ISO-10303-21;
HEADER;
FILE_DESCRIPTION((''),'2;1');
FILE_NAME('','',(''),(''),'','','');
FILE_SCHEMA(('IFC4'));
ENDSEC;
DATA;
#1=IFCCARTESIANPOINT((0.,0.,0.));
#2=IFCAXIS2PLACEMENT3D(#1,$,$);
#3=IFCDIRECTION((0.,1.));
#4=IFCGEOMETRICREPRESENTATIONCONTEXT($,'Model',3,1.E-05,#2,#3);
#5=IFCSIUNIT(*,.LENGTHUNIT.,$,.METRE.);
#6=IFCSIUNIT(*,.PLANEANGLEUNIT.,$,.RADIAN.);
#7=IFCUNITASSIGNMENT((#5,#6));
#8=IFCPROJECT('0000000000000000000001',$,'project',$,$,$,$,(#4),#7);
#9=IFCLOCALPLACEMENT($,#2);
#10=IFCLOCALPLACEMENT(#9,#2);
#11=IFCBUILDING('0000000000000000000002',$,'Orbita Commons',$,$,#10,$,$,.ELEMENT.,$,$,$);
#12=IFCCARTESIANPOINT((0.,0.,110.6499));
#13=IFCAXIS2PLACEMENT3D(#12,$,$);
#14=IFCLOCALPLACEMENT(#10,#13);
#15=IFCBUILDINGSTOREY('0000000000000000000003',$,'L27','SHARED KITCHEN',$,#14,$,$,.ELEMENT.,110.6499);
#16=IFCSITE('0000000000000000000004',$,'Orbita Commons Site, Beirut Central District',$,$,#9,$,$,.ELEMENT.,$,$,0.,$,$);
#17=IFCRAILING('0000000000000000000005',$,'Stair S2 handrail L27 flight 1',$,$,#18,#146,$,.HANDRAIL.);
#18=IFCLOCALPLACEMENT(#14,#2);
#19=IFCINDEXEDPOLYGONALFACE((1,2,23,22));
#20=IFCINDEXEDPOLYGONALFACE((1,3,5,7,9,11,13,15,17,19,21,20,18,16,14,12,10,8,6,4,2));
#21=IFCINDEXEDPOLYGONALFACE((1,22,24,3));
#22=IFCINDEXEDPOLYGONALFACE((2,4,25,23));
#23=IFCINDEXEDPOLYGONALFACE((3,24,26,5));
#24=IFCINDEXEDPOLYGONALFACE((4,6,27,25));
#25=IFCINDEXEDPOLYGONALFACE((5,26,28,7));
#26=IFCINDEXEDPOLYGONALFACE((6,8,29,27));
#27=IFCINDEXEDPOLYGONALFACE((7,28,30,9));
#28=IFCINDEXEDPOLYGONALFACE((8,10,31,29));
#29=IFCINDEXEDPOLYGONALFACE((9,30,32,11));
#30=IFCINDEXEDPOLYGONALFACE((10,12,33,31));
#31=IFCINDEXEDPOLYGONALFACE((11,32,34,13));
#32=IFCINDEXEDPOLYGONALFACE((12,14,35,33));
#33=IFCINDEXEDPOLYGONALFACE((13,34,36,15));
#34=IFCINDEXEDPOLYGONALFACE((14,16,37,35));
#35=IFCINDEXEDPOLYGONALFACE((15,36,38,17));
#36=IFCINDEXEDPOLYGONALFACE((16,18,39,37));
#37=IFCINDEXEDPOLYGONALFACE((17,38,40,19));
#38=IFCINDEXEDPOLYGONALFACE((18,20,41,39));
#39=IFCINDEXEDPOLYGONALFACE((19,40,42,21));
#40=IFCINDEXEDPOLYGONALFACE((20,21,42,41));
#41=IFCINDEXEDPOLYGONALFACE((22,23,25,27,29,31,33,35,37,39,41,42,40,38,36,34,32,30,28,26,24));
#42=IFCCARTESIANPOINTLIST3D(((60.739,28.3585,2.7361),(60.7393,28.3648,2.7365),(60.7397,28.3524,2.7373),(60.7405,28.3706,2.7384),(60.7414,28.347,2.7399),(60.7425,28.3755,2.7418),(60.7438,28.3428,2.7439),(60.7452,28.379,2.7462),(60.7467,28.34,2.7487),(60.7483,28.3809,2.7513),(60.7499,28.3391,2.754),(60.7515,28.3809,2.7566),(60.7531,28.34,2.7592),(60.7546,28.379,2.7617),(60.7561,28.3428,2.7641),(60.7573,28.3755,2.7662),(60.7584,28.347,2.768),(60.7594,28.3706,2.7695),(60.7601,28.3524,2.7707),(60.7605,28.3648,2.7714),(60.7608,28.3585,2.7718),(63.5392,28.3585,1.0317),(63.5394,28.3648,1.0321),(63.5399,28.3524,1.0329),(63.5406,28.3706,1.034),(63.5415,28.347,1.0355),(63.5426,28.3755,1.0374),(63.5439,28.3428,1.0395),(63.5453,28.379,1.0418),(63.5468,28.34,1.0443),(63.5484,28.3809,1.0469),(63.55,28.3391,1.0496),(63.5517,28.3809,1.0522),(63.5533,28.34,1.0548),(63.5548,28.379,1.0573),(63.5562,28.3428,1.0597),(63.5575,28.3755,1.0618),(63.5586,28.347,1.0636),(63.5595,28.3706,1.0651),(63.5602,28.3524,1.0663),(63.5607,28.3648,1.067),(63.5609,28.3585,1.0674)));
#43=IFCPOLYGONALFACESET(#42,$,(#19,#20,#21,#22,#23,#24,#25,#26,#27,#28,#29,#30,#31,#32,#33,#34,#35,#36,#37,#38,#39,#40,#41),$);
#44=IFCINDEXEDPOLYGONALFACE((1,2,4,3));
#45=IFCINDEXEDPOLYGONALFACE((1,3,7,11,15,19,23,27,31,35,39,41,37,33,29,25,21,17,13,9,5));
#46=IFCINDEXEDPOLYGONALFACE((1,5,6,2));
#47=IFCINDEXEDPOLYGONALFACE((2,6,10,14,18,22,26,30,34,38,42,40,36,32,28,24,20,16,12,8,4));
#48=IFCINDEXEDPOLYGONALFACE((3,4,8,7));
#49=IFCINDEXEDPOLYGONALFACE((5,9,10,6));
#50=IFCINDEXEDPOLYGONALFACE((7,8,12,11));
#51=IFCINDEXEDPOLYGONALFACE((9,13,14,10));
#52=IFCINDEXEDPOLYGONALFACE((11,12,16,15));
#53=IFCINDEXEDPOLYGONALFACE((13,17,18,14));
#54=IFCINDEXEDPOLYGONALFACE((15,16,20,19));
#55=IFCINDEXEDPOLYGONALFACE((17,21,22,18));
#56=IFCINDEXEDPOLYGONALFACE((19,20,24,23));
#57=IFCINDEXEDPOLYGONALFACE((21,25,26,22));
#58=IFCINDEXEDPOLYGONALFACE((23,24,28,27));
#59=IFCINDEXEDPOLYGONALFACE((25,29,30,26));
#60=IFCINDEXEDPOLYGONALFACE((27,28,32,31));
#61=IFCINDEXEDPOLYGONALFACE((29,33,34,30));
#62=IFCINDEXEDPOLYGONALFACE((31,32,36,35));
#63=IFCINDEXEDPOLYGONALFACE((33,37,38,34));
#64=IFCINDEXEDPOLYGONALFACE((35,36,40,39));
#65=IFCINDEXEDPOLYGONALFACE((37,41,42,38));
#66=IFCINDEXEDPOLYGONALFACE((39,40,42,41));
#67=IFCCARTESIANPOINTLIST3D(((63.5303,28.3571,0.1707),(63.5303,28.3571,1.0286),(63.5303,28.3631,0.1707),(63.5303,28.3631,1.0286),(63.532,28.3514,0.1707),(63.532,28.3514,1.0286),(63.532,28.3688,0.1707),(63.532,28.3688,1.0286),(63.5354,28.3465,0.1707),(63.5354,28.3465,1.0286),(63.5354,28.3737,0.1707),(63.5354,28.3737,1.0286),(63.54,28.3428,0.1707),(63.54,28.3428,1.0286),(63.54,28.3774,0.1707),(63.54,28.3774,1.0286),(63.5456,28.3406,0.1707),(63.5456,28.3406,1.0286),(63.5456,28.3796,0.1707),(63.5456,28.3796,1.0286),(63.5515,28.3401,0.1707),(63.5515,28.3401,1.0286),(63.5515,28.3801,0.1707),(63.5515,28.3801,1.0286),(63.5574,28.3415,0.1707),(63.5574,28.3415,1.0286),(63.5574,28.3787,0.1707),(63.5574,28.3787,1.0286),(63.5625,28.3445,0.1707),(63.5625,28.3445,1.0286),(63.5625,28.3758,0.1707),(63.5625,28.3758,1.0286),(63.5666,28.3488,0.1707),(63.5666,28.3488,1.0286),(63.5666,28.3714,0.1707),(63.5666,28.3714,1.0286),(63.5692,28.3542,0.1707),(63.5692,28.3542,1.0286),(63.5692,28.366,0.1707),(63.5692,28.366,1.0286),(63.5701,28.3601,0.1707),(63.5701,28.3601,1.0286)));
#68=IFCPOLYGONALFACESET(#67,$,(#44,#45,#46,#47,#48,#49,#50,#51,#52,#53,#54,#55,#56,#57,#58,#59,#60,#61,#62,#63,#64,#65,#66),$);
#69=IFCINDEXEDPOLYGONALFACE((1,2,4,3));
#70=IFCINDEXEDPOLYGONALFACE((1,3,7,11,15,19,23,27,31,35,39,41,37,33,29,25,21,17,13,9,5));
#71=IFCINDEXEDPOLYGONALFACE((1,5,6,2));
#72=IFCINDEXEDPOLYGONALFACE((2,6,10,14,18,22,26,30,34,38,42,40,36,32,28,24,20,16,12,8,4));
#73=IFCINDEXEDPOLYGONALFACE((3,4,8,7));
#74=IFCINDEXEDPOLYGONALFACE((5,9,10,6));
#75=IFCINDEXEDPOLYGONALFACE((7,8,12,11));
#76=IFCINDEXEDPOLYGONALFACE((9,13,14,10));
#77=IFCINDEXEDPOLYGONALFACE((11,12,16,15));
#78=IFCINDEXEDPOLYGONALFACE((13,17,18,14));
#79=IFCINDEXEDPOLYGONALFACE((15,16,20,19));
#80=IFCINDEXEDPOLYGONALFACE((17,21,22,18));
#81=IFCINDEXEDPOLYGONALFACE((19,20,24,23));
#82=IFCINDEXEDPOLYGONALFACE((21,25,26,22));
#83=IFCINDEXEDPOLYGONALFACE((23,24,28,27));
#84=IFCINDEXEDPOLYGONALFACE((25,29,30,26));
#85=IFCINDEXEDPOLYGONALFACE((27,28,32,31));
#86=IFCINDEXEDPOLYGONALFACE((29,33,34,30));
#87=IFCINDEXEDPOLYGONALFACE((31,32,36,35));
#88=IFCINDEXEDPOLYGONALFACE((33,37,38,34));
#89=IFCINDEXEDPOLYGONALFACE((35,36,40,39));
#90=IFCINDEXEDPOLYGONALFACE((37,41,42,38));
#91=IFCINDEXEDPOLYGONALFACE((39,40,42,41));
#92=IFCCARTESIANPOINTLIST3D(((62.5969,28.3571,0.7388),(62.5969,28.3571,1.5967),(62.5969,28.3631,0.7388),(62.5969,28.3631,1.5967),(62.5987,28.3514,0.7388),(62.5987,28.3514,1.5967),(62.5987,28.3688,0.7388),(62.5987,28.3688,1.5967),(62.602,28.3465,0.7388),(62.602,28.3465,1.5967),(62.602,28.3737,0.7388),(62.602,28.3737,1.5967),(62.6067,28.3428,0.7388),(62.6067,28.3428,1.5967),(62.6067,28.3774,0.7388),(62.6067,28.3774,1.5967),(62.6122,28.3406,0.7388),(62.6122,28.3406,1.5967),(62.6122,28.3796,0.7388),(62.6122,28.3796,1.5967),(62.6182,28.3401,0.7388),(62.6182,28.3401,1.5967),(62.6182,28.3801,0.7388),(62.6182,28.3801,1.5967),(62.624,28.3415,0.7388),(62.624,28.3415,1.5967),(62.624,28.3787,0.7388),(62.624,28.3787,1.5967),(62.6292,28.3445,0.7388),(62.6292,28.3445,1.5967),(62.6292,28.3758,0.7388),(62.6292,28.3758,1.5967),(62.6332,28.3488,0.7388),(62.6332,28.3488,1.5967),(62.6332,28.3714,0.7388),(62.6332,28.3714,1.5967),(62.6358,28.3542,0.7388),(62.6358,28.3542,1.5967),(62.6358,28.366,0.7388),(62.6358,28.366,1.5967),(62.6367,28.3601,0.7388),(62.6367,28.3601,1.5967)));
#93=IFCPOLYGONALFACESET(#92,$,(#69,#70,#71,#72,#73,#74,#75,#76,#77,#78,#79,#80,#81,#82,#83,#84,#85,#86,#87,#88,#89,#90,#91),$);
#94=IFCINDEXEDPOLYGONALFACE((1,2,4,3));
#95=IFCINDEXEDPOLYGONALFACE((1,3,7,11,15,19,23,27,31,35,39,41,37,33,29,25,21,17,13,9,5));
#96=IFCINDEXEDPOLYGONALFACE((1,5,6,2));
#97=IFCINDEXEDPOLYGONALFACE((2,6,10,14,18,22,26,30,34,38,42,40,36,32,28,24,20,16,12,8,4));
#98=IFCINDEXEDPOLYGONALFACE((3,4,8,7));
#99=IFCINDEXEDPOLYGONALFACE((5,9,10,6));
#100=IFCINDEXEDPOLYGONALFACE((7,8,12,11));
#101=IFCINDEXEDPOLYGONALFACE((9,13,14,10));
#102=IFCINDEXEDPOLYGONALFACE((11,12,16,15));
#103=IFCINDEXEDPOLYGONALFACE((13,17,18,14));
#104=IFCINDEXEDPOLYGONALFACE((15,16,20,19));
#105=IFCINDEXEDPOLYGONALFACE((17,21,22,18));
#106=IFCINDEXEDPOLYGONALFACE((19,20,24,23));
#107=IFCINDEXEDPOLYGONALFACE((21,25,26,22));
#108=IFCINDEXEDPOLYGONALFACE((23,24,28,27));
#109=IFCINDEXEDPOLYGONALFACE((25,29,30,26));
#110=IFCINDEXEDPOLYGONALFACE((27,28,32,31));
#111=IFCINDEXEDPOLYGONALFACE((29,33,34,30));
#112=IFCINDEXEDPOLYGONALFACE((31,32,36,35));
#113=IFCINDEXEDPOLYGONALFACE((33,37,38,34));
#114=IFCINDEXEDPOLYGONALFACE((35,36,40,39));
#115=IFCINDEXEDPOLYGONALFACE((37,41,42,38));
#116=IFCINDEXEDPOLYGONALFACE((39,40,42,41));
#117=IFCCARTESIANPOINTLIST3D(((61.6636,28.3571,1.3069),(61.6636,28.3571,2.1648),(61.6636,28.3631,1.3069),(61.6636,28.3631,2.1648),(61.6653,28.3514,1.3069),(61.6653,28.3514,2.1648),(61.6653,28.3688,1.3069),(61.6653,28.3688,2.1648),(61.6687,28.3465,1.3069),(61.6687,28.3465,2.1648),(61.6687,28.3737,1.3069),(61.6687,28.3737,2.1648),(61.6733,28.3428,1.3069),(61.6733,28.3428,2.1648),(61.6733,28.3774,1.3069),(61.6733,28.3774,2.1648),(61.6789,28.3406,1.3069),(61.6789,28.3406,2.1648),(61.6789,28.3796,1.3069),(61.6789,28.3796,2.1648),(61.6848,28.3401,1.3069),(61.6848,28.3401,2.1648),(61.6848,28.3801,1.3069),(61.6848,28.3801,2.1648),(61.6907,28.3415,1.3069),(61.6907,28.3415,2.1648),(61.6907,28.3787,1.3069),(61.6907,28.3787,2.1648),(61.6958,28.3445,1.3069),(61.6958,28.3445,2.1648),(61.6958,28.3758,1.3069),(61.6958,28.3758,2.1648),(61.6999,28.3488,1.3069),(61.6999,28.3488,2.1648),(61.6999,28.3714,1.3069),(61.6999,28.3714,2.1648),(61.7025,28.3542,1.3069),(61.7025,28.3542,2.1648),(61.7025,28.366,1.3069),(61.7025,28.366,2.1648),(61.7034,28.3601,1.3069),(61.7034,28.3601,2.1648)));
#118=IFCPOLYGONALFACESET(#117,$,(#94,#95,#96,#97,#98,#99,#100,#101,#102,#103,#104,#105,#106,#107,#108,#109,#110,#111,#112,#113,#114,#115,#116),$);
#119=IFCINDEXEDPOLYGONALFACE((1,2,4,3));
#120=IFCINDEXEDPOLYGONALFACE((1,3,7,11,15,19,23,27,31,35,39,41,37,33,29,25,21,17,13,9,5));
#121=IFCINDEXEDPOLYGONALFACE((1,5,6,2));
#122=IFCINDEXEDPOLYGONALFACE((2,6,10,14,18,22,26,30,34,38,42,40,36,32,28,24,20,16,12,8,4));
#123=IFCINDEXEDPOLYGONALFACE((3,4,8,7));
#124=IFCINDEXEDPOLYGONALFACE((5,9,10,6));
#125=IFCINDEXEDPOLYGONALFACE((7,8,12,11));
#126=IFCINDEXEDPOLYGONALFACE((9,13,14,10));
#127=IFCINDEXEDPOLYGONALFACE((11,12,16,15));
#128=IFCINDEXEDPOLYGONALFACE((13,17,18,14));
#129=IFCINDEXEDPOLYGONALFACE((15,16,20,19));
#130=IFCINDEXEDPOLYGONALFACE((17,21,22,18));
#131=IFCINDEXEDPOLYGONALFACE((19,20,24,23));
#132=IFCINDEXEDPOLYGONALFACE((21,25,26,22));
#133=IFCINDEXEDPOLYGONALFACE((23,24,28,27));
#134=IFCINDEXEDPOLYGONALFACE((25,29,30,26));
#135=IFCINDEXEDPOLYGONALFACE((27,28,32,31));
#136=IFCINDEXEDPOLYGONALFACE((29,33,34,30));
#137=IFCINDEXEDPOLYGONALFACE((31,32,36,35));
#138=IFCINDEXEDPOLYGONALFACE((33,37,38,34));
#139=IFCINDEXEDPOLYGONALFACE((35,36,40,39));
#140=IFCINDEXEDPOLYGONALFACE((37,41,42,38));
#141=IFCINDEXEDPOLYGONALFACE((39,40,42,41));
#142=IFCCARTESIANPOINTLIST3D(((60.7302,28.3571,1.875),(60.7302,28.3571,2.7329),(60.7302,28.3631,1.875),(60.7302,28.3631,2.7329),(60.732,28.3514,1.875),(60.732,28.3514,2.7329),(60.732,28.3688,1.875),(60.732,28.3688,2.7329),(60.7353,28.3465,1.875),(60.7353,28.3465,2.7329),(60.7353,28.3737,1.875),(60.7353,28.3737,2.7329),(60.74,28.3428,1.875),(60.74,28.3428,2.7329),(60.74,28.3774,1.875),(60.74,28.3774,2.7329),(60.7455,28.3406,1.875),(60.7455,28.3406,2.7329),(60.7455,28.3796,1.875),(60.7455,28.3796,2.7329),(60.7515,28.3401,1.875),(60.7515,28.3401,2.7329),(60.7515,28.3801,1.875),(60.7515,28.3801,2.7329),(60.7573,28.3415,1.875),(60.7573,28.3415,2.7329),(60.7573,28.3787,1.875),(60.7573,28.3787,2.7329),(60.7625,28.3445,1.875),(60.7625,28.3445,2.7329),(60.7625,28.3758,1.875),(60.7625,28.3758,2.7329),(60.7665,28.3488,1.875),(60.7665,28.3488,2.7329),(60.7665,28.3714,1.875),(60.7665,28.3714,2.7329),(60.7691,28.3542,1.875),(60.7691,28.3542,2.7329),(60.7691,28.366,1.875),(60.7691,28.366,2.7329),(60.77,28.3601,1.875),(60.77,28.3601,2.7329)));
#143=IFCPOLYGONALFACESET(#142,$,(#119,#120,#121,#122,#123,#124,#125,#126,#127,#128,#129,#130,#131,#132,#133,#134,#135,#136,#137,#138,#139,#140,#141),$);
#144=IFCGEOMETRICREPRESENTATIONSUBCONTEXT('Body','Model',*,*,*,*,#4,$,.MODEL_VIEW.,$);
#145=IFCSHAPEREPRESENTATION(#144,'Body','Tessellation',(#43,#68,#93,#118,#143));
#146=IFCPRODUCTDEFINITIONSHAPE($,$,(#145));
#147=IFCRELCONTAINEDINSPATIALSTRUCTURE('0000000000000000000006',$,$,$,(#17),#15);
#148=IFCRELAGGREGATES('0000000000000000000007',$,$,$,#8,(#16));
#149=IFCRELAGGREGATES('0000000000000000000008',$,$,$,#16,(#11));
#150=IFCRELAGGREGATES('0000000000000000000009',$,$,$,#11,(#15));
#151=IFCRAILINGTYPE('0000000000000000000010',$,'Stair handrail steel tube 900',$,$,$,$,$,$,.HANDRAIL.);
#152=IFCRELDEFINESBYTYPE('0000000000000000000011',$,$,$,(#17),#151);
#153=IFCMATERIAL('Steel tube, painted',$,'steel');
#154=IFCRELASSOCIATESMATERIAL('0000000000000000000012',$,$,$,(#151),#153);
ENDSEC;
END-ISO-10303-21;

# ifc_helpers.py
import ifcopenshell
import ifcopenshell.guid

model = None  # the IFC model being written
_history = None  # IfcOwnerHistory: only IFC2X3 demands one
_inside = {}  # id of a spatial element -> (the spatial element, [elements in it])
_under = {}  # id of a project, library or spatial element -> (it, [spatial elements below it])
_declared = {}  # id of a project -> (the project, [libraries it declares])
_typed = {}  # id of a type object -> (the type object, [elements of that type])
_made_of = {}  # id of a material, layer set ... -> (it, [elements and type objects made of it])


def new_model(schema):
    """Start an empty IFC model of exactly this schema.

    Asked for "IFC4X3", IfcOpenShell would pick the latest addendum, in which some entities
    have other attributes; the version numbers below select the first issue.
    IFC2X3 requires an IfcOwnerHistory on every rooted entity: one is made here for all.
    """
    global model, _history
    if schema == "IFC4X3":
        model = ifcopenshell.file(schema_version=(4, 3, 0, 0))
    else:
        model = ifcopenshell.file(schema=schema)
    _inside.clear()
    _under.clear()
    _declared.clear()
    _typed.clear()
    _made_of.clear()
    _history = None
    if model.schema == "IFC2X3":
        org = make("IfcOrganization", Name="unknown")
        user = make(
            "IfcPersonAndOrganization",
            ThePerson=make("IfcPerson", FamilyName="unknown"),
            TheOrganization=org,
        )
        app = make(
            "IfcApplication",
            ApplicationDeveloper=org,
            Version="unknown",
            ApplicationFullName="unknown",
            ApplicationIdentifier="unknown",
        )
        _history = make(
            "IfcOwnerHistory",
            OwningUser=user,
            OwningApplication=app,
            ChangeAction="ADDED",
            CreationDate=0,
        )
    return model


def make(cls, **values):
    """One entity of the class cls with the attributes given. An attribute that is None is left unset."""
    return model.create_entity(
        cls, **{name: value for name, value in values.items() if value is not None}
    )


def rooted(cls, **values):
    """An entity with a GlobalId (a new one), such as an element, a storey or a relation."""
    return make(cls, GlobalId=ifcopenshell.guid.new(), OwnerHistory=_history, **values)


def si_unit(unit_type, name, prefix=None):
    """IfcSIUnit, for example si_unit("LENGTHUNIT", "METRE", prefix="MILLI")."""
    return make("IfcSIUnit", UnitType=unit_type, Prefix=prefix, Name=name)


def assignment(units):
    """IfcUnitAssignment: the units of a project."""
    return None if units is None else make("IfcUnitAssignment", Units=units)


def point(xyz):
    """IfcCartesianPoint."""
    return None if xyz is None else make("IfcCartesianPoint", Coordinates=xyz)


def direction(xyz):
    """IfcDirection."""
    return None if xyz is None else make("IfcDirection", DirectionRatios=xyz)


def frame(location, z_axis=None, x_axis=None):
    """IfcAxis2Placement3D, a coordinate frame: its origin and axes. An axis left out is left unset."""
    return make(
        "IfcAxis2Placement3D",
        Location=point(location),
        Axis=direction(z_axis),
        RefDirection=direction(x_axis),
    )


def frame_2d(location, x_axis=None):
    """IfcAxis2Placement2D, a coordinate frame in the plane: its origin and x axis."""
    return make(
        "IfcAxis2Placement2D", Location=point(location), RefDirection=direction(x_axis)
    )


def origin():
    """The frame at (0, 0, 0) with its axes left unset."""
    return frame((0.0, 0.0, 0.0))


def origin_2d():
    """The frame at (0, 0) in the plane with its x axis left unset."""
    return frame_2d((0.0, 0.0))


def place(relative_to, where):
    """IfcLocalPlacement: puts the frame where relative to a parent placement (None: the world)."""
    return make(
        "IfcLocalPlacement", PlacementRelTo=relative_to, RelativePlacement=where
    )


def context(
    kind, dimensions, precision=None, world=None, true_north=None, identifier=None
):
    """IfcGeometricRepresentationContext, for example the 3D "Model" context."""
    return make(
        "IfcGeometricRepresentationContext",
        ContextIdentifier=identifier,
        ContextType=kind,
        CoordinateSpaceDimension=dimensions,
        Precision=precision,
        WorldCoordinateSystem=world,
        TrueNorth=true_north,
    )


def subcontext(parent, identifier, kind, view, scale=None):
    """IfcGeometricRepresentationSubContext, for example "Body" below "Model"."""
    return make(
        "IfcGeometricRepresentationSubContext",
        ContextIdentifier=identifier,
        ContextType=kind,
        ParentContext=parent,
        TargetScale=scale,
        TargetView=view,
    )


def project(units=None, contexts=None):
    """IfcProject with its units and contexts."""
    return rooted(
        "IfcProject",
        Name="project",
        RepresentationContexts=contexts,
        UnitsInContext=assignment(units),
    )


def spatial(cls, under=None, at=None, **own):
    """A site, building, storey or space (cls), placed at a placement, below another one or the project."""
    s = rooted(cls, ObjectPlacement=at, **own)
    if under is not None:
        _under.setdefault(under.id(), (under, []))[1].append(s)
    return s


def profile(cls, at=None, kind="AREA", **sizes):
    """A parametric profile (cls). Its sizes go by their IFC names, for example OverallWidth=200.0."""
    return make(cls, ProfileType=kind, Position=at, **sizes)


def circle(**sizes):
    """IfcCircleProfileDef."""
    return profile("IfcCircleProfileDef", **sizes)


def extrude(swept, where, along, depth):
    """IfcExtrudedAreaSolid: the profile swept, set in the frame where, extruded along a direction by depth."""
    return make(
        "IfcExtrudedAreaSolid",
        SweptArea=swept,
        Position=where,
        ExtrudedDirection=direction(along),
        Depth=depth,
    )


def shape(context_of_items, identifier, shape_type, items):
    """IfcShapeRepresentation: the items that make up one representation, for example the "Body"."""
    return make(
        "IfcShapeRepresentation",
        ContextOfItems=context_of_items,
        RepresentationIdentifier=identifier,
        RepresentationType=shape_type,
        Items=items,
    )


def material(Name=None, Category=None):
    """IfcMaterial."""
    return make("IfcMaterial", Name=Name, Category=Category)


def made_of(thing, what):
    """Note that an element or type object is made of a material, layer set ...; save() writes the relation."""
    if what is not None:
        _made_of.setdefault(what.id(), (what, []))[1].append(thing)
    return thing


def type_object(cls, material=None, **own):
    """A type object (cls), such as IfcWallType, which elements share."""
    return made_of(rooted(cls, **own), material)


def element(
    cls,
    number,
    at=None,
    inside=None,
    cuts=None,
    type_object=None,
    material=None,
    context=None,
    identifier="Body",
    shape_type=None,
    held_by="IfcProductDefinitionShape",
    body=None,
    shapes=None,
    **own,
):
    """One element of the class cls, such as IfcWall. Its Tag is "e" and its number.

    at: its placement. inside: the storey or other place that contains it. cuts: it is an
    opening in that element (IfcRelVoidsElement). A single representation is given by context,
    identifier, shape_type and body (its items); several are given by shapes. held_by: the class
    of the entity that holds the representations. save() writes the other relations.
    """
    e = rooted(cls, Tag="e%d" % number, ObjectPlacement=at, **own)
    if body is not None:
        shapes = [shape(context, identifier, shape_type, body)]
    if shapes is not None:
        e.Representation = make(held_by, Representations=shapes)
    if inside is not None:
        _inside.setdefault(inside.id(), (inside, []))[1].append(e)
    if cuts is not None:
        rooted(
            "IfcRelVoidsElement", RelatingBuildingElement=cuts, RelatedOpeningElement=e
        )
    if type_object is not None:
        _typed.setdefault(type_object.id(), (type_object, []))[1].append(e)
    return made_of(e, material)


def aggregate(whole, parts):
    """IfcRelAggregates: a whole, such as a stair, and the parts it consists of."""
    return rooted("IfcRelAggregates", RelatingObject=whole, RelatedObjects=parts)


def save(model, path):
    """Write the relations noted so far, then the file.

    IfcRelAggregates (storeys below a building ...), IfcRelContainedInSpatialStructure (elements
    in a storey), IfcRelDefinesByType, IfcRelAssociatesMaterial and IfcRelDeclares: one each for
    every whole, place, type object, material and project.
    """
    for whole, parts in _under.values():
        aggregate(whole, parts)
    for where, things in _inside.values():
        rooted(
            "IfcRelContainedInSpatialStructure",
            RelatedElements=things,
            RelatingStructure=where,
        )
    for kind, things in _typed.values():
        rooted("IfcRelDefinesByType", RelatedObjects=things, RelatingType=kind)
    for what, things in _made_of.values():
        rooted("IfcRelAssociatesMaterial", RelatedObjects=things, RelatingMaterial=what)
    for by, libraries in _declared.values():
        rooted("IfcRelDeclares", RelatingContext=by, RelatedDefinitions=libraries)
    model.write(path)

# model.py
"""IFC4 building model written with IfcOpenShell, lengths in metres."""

from ifc_helpers import new_model, si_unit, direction, frame, origin, origin_2d, place, context, subcontext, project, spatial, circle, extrude, material, type_object, element, save


model = new_model("IFC4")

# Units and contexts
model_context = context("Model", 3, precision=1e-05, world=origin(), true_north=direction((0.0, 1.0)))
body_context = subcontext(model_context, "Body", "Model", "MODEL_VIEW")
ifc_project = project(units=[si_unit("LENGTHUNIT", "METRE"), si_unit("PLANEANGLEUNIT", "RADIAN")], contexts=[model_context])

# Site, building, storey
site_placement = place(None, origin())
site = spatial("IfcSite", under=ifc_project, at=site_placement, Name="Orbita Commons Site, Beirut Central District", CompositionType="ELEMENT", RefElevation=0.0)
building_placement = place(site_placement, origin())
building = spatial("IfcBuilding", under=site, at=building_placement, Name="Orbita Commons", CompositionType="ELEMENT")
storey_placement = place(building_placement, frame((0.0, 0.0, 110.6499)))
storey = spatial("IfcBuildingStorey", under=building, at=storey_placement, Name="L27", Description="SHARED KITCHEN", CompositionType="ELEMENT", Elevation=110.6499)

# Railing
ifc_material_1 = material(Name="Steel tube, painted", Category="steel")
railing_type = type_object("IfcRailingType", Name="Stair handrail steel tube 900", PredefinedType="HANDRAIL", material=ifc_material_1)
for number, where, name in (
    (1, (63.55, 28.3601, 0.1707), "Stair S2 handrail L27 flight 1"),
):
    element("IfcRailing", number, at=place(storey_placement, frame(where)), inside=storey, type_object=railing_type, Name=name, PredefinedType="HANDRAIL", context=body_context, shape_type="SweptSolid", body=[
        extrude(circle(Radius=0.021, at=origin_2d()), frame((0.0, 0.0, 0.8789), z_axis=(-0.854203, 0.0, 0.51994), x_axis=(0.0, -1.0, 0.0)), (0.0, 0.0, 1.0), 3.2781),
        extrude(circle(Radius=0.02, at=origin_2d()), origin(), (0.0, 0.0, 1.0), 0.8579),
        extrude(circle(Radius=0.02, at=origin_2d()), frame((-0.9333, 0.0, 0.5681)), (0.0, 0.0, 1.0), 0.8579),
        extrude(circle(Radius=0.02, at=origin_2d()), frame((-1.8667, 0.0, 1.1362)), (0.0, 0.0, 1.0), 0.8579),
        extrude(circle(Radius=0.02, at=origin_2d()), frame((-2.8, 0.0, 1.7043)), (0.0, 0.0, 1.0), 0.8579),
    ])

save(model, "model.ifc")
